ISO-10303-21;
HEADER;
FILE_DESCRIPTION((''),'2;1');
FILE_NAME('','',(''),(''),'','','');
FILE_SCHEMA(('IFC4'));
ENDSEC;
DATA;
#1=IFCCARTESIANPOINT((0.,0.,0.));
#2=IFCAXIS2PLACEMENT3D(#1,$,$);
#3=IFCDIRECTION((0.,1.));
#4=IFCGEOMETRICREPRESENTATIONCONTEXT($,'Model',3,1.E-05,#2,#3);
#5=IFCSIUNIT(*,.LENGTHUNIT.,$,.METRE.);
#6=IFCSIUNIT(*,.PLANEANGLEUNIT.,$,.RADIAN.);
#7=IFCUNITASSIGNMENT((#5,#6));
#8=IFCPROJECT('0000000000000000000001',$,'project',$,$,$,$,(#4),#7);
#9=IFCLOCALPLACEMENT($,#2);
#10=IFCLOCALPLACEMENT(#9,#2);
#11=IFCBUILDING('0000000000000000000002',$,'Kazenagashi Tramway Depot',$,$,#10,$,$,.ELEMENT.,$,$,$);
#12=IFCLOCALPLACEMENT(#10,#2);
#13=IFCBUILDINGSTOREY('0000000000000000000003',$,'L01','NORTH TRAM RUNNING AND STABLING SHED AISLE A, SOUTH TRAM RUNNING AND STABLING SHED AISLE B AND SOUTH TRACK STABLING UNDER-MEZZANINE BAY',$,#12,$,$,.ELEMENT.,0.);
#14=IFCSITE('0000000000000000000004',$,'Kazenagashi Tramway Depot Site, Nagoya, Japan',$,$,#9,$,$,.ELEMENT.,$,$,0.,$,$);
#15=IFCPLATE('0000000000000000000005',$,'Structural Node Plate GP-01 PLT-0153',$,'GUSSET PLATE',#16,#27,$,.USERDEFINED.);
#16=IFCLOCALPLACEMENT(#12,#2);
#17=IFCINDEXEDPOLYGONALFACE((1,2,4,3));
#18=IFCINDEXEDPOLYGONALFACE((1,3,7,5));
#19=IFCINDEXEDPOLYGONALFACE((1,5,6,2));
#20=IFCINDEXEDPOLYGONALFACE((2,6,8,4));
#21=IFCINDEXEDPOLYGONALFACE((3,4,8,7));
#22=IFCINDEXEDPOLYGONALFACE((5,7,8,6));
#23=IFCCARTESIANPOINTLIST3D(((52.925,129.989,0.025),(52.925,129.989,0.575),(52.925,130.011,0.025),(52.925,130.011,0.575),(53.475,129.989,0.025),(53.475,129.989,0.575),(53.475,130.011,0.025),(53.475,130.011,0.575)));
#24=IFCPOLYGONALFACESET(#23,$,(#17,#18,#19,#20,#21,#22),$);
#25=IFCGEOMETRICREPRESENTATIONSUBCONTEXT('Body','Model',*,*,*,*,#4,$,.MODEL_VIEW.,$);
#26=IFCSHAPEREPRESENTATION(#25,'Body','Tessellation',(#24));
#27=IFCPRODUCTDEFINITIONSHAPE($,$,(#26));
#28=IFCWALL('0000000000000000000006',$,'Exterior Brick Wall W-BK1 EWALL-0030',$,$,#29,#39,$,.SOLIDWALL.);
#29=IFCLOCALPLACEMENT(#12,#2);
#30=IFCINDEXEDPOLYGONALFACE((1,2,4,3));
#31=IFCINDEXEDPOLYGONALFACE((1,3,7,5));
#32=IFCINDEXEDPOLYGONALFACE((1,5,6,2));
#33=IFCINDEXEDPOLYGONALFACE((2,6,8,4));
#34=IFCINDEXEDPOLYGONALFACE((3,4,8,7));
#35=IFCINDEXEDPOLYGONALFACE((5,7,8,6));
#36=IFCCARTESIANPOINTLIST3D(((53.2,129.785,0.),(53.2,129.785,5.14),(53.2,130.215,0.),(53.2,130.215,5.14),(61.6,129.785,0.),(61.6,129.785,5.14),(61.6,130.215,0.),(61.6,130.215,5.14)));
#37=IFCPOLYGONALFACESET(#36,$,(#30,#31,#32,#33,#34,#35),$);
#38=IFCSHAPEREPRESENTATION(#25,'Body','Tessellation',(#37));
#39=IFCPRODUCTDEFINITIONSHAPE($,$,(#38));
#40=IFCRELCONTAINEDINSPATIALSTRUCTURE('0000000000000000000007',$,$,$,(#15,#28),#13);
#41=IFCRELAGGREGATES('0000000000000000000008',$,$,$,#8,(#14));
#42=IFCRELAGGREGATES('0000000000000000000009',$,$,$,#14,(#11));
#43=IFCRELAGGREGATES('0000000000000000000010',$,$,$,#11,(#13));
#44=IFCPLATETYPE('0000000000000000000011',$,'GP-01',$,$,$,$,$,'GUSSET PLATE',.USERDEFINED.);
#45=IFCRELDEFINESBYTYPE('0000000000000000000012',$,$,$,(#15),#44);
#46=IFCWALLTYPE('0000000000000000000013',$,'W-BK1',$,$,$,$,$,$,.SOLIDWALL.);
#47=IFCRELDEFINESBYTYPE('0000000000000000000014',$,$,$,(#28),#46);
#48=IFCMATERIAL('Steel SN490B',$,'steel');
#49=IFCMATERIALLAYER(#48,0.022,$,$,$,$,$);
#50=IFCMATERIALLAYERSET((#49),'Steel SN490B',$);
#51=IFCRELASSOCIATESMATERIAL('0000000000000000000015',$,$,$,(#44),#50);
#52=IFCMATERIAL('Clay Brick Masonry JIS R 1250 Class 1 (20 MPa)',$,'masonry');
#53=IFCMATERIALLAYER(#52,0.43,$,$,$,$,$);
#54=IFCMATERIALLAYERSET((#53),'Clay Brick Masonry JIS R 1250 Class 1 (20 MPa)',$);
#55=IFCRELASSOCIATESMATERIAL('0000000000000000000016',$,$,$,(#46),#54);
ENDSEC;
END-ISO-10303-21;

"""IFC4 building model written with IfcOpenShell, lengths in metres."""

from ifc_helpers import new_model, si_unit, direction, frame, frame_2d, origin, origin_2d, place, context, subcontext, project, spatial, rectangle, extrude, material, layer, layer_set, type_object, element, save


model = new_model("IFC4")

# Units and contexts
model_context = context("Model", 3, precision=1e-05, world=origin(), true_north=direction((0.0, 1.0)))
body_context = subcontext(model_context, "Body", "Model", "MODEL_VIEW")
ifc_project = project(units=[si_unit("LENGTHUNIT", "METRE"), si_unit("PLANEANGLEUNIT", "RADIAN")], contexts=[model_context])

# Site, building, storey
site_placement = place(None, origin())
site = spatial("IfcSite", under=ifc_project, at=site_placement, Name="Kazenagashi Tramway Depot Site, Nagoya, Japan", CompositionType="ELEMENT", RefElevation=0.0)
building_placement = place(site_placement, origin())
building = spatial("IfcBuilding", under=site, at=building_placement, Name="Kazenagashi Tramway Depot", CompositionType="ELEMENT")
storey_placement = place(building_placement, origin())
storey = spatial("IfcBuildingStorey", under=building, at=storey_placement, Name="L01", Description="NORTH TRAM RUNNING AND STABLING SHED AISLE A, SOUTH TRAM RUNNING AND STABLING SHED AISLE B AND SOUTH TRACK STABLING UNDER-MEZZANINE BAY", CompositionType="ELEMENT", Elevation=0.0)

# Shared definitions
ifc_material_1 = material(Name="Steel SN490B", Category="steel")

# Plate
ifc_layer_1 = layer(ifc_material_1, 0.022)
ifc_layer_set_1 = layer_set([ifc_layer_1], Name="Steel SN490B")
plate_type_1 = type_object("IfcPlateType", Name="GP-01", ElementType="GUSSET PLATE", PredefinedType="USERDEFINED", material=ifc_layer_set_1)
plate_1_placement = place(storey_placement, frame((53.2, 130.0, 0.025), z_axis=(0.0, 0.0, 1.0), x_axis=(1.0, 0.0, 0.0)))
element("IfcPlate", 1, at=plate_1_placement, inside=storey, type_object=plate_type_1, Name="Structural Node Plate GP-01 PLT-0153", ObjectType="GUSSET PLATE", PredefinedType="USERDEFINED", context=body_context, shape_type="SweptSolid", body=[
    extrude(rectangle(XDim=0.55, YDim=0.022, at=origin_2d()), origin(), (0.0, 0.0, 1.0), 0.55),
])

# Wall
ifc_material_2 = material(Name="Clay Brick Masonry JIS R 1250 Class 1 (20 MPa)", Category="masonry")
ifc_layer_2 = layer(ifc_material_2, 0.43)
ifc_layer_set_2 = layer_set([ifc_layer_2], Name="Clay Brick Masonry JIS R 1250 Class 1 (20 MPa)")
wall_type = type_object("IfcWallType", Name="W-BK1", PredefinedType="SOLIDWALL", material=ifc_layer_set_2)
wall_placement = place(storey_placement, frame((53.2, 130.0, 0.0), z_axis=(0.0, 0.0, 1.0), x_axis=(1.0, 0.0, 0.0)))
element("IfcWall", 2, at=wall_placement, inside=storey, type_object=wall_type, Name="Exterior Brick Wall W-BK1 EWALL-0030", PredefinedType="SOLIDWALL", context=body_context, shape_type="SweptSolid", body=[
    extrude(rectangle(XDim=8.4, YDim=0.43, at=frame_2d((4.2, 0.0))), origin(), (0.0, 0.0, 1.0), 5.14),
])

save(model, "model.ifc")
